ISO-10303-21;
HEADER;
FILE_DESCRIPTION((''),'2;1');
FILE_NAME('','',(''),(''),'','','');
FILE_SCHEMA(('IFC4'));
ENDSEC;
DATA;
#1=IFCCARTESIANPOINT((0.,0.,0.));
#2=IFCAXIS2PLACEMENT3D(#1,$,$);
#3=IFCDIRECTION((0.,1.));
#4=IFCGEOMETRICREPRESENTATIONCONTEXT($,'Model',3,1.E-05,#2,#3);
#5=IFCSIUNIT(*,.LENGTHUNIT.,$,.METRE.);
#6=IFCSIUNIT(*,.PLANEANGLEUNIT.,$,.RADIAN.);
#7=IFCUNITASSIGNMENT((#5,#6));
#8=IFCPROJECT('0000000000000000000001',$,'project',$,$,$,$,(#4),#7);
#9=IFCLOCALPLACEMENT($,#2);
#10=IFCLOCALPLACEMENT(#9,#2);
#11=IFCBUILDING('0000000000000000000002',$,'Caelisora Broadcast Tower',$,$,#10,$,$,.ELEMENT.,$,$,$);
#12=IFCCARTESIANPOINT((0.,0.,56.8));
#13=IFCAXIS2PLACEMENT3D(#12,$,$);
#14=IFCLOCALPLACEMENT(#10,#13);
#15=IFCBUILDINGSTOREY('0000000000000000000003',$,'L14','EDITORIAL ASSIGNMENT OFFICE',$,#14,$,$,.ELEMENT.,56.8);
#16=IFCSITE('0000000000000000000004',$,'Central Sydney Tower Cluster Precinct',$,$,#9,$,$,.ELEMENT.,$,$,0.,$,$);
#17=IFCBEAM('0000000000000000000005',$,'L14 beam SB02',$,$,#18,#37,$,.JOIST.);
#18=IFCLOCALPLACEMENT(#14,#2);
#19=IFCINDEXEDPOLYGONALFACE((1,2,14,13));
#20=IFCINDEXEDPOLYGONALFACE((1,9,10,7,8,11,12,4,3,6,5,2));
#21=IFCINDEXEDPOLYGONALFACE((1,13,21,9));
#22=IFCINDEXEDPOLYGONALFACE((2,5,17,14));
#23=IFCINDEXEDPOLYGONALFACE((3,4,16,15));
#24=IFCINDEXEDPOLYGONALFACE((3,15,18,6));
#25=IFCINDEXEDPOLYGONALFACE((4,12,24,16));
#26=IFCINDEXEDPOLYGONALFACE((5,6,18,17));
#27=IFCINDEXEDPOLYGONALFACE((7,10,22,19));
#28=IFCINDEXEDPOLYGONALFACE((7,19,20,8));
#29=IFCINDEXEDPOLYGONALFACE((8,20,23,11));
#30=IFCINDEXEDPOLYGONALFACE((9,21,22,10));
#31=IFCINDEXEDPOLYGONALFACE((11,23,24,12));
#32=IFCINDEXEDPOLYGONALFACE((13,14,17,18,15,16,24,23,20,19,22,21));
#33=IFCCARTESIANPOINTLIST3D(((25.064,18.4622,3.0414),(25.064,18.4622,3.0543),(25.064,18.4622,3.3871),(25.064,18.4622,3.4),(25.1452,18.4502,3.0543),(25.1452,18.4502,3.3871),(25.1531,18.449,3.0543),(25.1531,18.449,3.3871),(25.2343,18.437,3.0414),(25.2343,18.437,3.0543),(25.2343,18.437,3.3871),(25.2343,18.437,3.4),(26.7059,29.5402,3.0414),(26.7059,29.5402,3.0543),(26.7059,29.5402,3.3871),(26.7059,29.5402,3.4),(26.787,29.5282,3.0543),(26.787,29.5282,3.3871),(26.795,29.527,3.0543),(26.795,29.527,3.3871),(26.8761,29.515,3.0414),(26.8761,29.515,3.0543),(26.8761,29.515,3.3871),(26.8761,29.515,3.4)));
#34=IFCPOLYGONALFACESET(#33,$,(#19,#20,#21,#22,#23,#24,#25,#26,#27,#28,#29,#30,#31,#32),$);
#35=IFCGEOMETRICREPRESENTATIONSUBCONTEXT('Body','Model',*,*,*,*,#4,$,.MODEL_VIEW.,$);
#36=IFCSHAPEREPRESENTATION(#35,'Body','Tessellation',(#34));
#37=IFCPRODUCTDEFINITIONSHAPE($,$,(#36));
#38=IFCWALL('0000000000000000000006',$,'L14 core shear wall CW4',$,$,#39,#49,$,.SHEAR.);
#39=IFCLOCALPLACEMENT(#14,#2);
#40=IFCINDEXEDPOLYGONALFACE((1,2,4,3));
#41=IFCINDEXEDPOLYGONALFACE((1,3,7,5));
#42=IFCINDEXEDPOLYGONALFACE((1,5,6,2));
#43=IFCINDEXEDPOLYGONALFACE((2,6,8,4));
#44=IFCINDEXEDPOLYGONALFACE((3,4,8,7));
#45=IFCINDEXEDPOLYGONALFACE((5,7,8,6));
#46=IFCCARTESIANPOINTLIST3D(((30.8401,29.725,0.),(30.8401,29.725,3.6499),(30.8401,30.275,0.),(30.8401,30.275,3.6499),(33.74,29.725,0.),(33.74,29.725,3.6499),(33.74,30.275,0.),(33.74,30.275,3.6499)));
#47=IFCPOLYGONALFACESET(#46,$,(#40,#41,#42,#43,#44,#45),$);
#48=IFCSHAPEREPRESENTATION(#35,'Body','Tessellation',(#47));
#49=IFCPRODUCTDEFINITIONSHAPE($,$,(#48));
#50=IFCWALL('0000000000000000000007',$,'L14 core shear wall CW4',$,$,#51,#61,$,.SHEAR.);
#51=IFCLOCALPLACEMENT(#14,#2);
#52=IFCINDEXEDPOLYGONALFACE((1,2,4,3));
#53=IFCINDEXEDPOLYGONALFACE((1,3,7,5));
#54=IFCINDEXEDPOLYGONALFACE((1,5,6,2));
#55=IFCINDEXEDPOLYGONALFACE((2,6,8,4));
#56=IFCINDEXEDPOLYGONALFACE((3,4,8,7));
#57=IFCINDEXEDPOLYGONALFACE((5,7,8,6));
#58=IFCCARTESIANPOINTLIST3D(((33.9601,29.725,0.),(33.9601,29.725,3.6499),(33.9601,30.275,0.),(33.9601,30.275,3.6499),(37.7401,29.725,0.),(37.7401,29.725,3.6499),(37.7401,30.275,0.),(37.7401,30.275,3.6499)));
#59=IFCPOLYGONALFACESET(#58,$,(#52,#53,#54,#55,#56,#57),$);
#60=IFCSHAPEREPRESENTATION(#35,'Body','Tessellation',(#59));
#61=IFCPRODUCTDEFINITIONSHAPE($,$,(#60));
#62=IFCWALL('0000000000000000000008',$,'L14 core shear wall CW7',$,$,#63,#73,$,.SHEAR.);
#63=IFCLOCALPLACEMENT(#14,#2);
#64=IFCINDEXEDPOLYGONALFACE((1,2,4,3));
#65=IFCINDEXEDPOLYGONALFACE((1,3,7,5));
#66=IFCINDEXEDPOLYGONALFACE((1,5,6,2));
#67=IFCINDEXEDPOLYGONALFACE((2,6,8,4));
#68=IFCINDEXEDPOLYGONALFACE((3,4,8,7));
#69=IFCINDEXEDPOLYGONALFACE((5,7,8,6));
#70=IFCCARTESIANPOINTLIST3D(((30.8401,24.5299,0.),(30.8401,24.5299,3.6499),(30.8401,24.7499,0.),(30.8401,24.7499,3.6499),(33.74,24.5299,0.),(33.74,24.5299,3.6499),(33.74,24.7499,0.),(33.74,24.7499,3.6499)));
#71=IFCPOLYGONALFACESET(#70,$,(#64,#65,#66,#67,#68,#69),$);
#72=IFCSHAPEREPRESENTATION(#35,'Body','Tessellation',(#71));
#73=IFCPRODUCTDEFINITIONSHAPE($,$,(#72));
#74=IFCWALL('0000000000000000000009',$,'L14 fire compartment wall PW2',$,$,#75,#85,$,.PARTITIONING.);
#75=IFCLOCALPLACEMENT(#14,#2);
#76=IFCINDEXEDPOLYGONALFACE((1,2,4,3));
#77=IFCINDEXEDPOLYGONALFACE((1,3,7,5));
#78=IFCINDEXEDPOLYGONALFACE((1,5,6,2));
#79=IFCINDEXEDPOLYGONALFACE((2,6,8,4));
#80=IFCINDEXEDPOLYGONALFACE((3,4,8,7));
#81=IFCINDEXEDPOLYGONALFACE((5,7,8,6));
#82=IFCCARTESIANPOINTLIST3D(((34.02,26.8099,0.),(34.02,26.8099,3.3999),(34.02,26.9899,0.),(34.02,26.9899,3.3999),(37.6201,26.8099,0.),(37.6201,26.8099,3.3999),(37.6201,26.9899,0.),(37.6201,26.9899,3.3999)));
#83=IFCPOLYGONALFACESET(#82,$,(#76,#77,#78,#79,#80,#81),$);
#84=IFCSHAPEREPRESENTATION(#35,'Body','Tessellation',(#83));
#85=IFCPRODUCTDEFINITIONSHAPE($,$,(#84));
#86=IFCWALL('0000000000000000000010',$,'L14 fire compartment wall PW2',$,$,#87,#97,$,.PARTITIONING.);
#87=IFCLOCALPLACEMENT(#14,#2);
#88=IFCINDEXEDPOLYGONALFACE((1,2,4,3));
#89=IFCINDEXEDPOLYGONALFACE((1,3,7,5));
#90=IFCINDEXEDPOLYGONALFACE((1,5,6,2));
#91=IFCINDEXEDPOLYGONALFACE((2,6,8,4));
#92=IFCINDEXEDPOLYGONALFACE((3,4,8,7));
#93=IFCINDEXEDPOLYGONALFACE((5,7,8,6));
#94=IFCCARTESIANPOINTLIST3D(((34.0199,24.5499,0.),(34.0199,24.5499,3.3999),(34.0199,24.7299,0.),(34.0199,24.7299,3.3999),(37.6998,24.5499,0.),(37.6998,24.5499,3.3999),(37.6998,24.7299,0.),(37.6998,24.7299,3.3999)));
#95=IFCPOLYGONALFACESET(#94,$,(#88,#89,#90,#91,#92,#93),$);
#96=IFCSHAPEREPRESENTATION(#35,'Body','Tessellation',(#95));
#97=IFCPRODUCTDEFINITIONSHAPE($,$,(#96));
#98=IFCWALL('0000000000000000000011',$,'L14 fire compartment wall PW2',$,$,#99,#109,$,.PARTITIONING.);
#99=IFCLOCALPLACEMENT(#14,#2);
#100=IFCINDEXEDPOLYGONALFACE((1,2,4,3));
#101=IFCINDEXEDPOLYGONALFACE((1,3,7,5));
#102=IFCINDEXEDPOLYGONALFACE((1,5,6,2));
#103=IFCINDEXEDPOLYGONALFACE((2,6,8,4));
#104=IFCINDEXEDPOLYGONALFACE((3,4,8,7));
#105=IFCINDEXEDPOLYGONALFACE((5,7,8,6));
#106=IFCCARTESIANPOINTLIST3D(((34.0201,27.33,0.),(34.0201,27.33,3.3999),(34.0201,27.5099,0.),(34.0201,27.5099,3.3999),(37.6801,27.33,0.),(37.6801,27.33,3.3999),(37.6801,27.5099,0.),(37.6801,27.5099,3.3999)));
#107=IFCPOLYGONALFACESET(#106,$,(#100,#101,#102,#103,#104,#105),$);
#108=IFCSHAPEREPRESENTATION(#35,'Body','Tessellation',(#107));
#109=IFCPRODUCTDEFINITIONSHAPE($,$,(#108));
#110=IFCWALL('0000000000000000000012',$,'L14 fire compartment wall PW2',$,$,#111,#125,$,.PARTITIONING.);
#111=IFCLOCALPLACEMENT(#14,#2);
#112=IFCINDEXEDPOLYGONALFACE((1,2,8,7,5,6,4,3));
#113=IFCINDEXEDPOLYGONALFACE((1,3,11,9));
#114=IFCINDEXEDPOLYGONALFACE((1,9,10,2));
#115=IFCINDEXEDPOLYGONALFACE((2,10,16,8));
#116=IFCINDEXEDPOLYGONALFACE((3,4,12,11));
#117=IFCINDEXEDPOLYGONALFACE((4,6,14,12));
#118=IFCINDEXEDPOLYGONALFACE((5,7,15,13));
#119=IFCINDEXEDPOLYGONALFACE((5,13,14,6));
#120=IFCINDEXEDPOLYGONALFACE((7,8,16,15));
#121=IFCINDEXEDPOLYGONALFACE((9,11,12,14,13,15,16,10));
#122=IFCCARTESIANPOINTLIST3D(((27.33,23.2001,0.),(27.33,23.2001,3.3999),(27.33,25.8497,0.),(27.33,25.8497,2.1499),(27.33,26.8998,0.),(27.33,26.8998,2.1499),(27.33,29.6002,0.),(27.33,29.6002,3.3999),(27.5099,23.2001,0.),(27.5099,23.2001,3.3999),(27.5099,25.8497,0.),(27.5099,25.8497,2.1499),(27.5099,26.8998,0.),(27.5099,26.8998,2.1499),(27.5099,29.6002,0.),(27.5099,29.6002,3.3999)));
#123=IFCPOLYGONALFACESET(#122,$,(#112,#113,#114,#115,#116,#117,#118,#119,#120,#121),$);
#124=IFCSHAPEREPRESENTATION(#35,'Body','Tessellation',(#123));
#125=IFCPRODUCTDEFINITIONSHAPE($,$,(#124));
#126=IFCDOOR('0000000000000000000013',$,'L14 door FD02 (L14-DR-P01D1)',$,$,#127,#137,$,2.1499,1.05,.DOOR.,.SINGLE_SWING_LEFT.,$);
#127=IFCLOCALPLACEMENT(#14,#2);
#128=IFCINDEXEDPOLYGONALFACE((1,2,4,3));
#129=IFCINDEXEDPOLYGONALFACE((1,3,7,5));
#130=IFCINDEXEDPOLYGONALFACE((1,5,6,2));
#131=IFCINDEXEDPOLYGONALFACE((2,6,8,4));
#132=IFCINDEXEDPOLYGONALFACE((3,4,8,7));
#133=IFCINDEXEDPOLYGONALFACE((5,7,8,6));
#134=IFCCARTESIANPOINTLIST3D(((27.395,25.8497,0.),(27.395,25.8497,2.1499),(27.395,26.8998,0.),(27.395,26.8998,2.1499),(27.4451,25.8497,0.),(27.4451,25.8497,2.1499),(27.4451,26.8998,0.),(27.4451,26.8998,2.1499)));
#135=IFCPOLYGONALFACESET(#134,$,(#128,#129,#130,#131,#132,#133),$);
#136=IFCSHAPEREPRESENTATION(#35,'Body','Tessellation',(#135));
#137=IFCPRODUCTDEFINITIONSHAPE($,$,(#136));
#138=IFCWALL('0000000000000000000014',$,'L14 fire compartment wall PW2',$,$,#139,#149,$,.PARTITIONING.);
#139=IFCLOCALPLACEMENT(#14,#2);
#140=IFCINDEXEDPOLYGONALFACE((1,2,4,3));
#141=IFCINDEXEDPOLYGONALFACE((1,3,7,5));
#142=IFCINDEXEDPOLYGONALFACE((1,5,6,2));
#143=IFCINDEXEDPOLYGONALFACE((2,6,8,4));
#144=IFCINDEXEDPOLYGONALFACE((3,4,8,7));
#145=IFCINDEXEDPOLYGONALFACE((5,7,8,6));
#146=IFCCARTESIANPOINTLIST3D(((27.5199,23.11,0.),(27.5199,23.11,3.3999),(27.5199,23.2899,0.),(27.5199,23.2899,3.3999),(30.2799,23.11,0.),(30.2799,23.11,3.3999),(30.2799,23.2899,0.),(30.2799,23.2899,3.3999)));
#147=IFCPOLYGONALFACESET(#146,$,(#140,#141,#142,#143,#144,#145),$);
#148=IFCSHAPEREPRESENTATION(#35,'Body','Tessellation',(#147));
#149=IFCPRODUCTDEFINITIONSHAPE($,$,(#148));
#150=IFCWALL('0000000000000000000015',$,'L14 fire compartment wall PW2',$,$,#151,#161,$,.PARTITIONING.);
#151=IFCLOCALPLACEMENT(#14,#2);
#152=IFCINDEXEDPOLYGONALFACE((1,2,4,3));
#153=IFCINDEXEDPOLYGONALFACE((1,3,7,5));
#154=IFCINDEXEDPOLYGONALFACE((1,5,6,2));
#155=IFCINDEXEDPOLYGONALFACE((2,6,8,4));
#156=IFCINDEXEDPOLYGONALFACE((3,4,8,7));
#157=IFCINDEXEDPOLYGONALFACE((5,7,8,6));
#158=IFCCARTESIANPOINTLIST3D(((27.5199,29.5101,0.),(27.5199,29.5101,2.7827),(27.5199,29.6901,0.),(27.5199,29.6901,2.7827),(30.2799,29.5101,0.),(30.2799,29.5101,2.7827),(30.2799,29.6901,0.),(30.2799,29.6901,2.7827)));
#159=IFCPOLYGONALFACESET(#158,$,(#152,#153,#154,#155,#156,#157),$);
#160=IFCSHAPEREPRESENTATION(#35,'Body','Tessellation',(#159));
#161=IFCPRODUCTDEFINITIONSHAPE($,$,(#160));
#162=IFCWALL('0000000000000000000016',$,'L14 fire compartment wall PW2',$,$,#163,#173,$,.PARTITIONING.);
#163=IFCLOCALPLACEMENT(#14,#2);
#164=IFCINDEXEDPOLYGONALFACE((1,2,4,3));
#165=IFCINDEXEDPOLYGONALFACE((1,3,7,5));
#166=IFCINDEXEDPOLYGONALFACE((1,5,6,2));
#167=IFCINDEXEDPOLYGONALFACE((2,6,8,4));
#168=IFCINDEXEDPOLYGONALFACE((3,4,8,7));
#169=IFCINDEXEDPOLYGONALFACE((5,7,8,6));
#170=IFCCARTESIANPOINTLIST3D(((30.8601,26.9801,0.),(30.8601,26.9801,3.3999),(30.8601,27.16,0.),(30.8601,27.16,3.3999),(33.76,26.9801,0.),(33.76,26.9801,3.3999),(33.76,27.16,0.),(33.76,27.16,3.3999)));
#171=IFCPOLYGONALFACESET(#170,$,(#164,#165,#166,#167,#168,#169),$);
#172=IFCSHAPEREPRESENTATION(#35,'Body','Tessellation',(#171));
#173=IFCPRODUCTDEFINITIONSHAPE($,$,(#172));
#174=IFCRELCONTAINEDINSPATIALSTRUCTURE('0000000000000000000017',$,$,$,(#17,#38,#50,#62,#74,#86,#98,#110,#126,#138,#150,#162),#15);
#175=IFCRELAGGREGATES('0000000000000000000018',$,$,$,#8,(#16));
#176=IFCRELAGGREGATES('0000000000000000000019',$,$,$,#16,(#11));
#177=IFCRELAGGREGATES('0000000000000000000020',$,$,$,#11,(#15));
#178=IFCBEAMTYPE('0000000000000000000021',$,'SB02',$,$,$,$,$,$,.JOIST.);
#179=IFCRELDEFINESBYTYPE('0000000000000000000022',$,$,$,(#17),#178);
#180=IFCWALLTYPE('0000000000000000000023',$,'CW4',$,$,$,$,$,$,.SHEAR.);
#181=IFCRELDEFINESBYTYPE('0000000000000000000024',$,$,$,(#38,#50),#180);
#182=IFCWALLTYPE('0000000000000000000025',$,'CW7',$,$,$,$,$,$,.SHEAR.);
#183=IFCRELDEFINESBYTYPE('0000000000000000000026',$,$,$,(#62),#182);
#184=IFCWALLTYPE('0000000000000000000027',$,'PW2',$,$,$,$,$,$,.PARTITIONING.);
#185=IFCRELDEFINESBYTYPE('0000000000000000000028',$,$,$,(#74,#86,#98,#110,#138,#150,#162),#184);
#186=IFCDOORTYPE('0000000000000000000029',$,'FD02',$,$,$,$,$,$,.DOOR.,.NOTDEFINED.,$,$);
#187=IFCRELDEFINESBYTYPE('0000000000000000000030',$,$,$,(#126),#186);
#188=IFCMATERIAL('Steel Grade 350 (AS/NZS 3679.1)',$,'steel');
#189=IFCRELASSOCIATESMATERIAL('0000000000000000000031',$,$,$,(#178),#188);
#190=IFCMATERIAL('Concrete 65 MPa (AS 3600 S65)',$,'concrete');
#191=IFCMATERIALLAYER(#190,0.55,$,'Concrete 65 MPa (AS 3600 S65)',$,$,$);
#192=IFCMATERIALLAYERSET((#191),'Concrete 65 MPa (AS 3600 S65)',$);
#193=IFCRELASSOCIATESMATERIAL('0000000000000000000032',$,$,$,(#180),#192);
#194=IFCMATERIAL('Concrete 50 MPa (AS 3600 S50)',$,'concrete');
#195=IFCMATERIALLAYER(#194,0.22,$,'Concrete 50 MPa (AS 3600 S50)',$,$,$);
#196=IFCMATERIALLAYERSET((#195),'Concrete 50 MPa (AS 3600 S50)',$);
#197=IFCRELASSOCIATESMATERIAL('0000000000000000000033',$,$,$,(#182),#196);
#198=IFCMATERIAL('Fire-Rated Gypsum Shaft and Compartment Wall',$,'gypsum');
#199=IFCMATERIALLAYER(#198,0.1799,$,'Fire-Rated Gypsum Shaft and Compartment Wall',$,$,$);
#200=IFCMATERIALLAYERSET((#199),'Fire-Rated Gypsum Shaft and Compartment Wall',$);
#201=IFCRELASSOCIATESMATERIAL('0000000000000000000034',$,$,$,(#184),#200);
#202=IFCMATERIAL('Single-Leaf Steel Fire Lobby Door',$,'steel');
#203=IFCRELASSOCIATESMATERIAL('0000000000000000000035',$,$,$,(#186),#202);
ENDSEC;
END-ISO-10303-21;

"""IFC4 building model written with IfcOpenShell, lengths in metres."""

from ifc_helpers import new_model, si_unit, direction, frame, frame_2d, origin, origin_2d, place, context, subcontext, project, spatial, rectangle, i_section, extrude, source, transform, mapped, material, layer, layer_set, material_profile, profile_set, type_object, element, fill, save


model = new_model("IFC4")

# Units and contexts
model_context = context("Model", 3, precision=1e-05, world=origin(), true_north=direction((0.0, 1.0)))
body_context = subcontext(model_context, "Body", "Model", "MODEL_VIEW")
ifc_project = project(units=[si_unit("LENGTHUNIT", "METRE"), si_unit("PLANEANGLEUNIT", "RADIAN")], contexts=[model_context])

# Site, building, storey
site_placement = place(None, origin())
site = spatial("IfcSite", under=ifc_project, at=site_placement, Name="Central Sydney Tower Cluster Precinct", CompositionType="ELEMENT", RefElevation=0.0)
building_placement = place(site_placement, origin())
building = spatial("IfcBuilding", under=site, at=building_placement, Name="Caelisora Broadcast Tower", CompositionType="ELEMENT")
storey_placement = place(building_placement, frame((0.0, 0.0, 56.8)))
storey = spatial("IfcBuildingStorey", under=building, at=storey_placement, Name="L14", Description="EDITORIAL ASSIGNMENT OFFICE", CompositionType="ELEMENT", Elevation=56.8)

# Shared definitions
ifc_material_1 = material(Name="Steel Grade 350 (AS/NZS 3679.1)", Category="steel")

# Beam
ifc_material_profile_1 = material_profile(ifc_material_1, i_section(OverallWidth=0.1721, OverallDepth=0.3586, WebThickness=0.0081, FlangeThickness=0.0129, at=origin_2d()), Name="Steel Grade 350 (AS/NZS 3679.1)")
ifc_profile_set_1 = profile_set([ifc_material_profile_1], Name="Steel Grade 350 (AS/NZS 3679.1)")
beam_type_1 = type_object("IfcBeamType", Name="SB02", PredefinedType="JOIST", material=ifc_profile_set_1)
shared_shape_1 = source(origin(), body_context, "Body", "SweptSolid", [
    extrude(i_section(OverallWidth=0.1721, OverallDepth=0.3586, WebThickness=0.0081, FlangeThickness=0.0129, at=origin_2d()), origin(), (0.0, 0.0, 1.0), 11.199),
])
beam_1_placement = place(storey_placement, frame((26.791, 29.5276, 3.2207), z_axis=(-0.146608, -0.989195, 0.0), x_axis=(0.989195, -0.146608, 0.0)))
element("IfcBeam", 1, at=beam_1_placement, inside=storey, type_object=beam_type_1, Name="L14 beam SB02", PredefinedType="JOIST", context=body_context, shape_type="MappedRepresentation", body=[
    mapped(shared_shape_1, transform((0.0, 0.0, 0.0), scale=1.0)),
])

# Walls
ifc_material_2 = material(Name="Concrete 65 MPa (AS 3600 S65)", Category="concrete")
ifc_layer_1 = layer(ifc_material_2, 0.55, Name="Concrete 65 MPa (AS 3600 S65)")
ifc_layer_set_1 = layer_set([ifc_layer_1], Name="Concrete 65 MPa (AS 3600 S65)")
wall_type_1 = type_object("IfcWallType", Name="CW4", PredefinedType="SHEAR", material=ifc_layer_set_1)
wall_1_placement = place(storey_placement, frame((30.8401, 30.0, 0.0), z_axis=(0.0, 0.0, 1.0), x_axis=(1.0, 0.0, 0.0)))
element("IfcWall", 2, at=wall_1_placement, inside=storey, type_object=wall_type_1, Name="L14 core shear wall CW4", PredefinedType="SHEAR", context=body_context, shape_type="SweptSolid", body=[
    extrude(rectangle(XDim=2.8999, YDim=0.55, at=frame_2d((1.45, 0.0))), origin(), (0.0, 0.0, 1.0), 3.6499),
])
wall_2_placement = place(storey_placement, frame((33.96, 30.0, 0.0), z_axis=(0.0, 0.0, 1.0), x_axis=(1.0, 0.0, 0.0)))
element("IfcWall", 3, at=wall_2_placement, inside=storey, type_object=wall_type_1, Name="L14 core shear wall CW4", PredefinedType="SHEAR", context=body_context, shape_type="SweptSolid", body=[
    extrude(rectangle(XDim=3.78, YDim=0.55, at=frame_2d((1.8901, 0.0))), origin(), (0.0, 0.0, 1.0), 3.6499),
])
ifc_material_3 = material(Name="Concrete 50 MPa (AS 3600 S50)", Category="concrete")
ifc_layer_2 = layer(ifc_material_3, 0.22, Name="Concrete 50 MPa (AS 3600 S50)")
ifc_layer_set_2 = layer_set([ifc_layer_2], Name="Concrete 50 MPa (AS 3600 S50)")
wall_type_2 = type_object("IfcWallType", Name="CW7", PredefinedType="SHEAR", material=ifc_layer_set_2)
wall_3_placement = place(storey_placement, frame((30.8401, 24.6399, 0.0), z_axis=(0.0, 0.0, 1.0), x_axis=(1.0, 0.0, 0.0)))
element("IfcWall", 4, at=wall_3_placement, inside=storey, type_object=wall_type_2, Name="L14 core shear wall CW7", PredefinedType="SHEAR", context=body_context, shape_type="SweptSolid", body=[
    extrude(rectangle(XDim=2.8999, YDim=0.22, at=frame_2d((1.45, 0.0))), origin(), (0.0, 0.0, 1.0), 3.6499),
])
ifc_material_4 = material(Name="Fire-Rated Gypsum Shaft and Compartment Wall", Category="gypsum")
ifc_layer_3 = layer(ifc_material_4, 0.1799, Name="Fire-Rated Gypsum Shaft and Compartment Wall")
ifc_layer_set_3 = layer_set([ifc_layer_3], Name="Fire-Rated Gypsum Shaft and Compartment Wall")
wall_type_3 = type_object("IfcWallType", Name="PW2", PredefinedType="PARTITIONING", material=ifc_layer_set_3)
wall_4_placement = place(storey_placement, frame((34.02, 26.8999, 0.0), z_axis=(0.0, 0.0, 1.0), x_axis=(1.0, 0.0, 0.0)))
element("IfcWall", 5, at=wall_4_placement, inside=storey, type_object=wall_type_3, Name="L14 fire compartment wall PW2", PredefinedType="PARTITIONING", context=body_context, shape_type="SweptSolid", body=[
    extrude(rectangle(XDim=3.6001, YDim=0.1799, at=frame_2d((1.8, 0.0))), origin(), (0.0, 0.0, 1.0), 3.3999),
])
wall_5_placement = place(storey_placement, frame((34.02, 24.6399, 0.0), z_axis=(0.0, 0.0, 1.0), x_axis=(1.0, 0.0, 0.0)))
element("IfcWall", 6, at=wall_5_placement, inside=storey, type_object=wall_type_3, Name="L14 fire compartment wall PW2", PredefinedType="PARTITIONING", context=body_context, shape_type="SweptSolid", body=[
    extrude(rectangle(XDim=3.6799, YDim=0.1799, at=frame_2d((1.8398, 0.0))), origin(), (0.0, 0.0, 1.0), 3.3999),
])
wall_6_placement = place(storey_placement, frame((34.02, 27.4199, 0.0), z_axis=(0.0, 0.0, 1.0), x_axis=(1.0, 0.0, 0.0)))
element("IfcWall", 7, at=wall_6_placement, inside=storey, type_object=wall_type_3, Name="L14 fire compartment wall PW2", PredefinedType="PARTITIONING", context=body_context, shape_type="SweptSolid", body=[
    extrude(rectangle(XDim=3.6599, YDim=0.1799, at=frame_2d((1.8301, 0.0))), origin(), (0.0, 0.0, 1.0), 3.3999),
])

# Wall, opening, door
wall_7_placement = place(storey_placement, frame((27.4199, 23.2, 0.0), z_axis=(0.0, 0.0, 1.0), x_axis=(0.0, 1.0, 0.0)))
wall_7 = element("IfcWall", 8, at=wall_7_placement, inside=storey, type_object=wall_type_3, Name="L14 fire compartment wall PW2", PredefinedType="PARTITIONING", context=body_context, shape_type="SweptSolid", body=[
    extrude(rectangle(XDim=6.4001, YDim=0.1799, at=frame_2d((3.2002, 0.0))), origin(), (0.0, 0.0, 1.0), 3.3999),
])
opening_placement = place(wall_7_placement, frame((2.6499, 0.0, 0.0)))
opening = element("IfcOpeningElement", 9, at=opening_placement, cuts=wall_7, PredefinedType="OPENING", context=body_context, shape_type="SweptSolid", body=[
    extrude(rectangle(XDim=1.05, YDim=2.1499, at=frame_2d((0.5249, 1.075))), frame((0.0, 0.1021, 0.0), z_axis=(0.0, -1.0, 0.0), x_axis=(1.0, 0.0, 0.0)), (0.0, 0.0, 1.0), 0.2039),
])
ifc_material_5 = material(Name="Single-Leaf Steel Fire Lobby Door", Category="steel")
door_type = type_object("IfcDoorType", Name="FD02", OperationType="NOTDEFINED", PredefinedType="DOOR", material=ifc_material_5)
door_placement = place(opening_placement, origin())
door = element("IfcDoor", 10, at=door_placement, inside=storey, type_object=door_type, Name="L14 door FD02 (L14-DR-P01D1)", OperationType="SINGLE_SWING_LEFT", OverallHeight=2.1499, OverallWidth=1.05, PredefinedType="DOOR", context=body_context, shape_type="SweptSolid", body=[
    extrude(rectangle(XDim=1.05, YDim=2.1499, at=frame_2d((0.5249, 1.075))), frame((0.0, 0.0249, 0.0), z_axis=(0.0, -1.0, 0.0), x_axis=(1.0, 0.0, 0.0)), (0.0, 0.0, 1.0), 0.05),
])
fill(opening, door)

# Walls
wall_8_placement = place(storey_placement, frame((27.52, 23.2, 0.0), z_axis=(0.0, 0.0, 1.0), x_axis=(1.0, 0.0, 0.0)))
element("IfcWall", 11, at=wall_8_placement, inside=storey, type_object=wall_type_3, Name="L14 fire compartment wall PW2", PredefinedType="PARTITIONING", context=body_context, shape_type="SweptSolid", body=[
    extrude(rectangle(XDim=2.76, YDim=0.1799, at=frame_2d((1.3799, 0.0))), origin(), (0.0, 0.0, 1.0), 3.3999),
])
wall_9_placement = place(storey_placement, frame((27.52, 29.6001, 0.0), z_axis=(0.0, 0.0, 1.0), x_axis=(1.0, 0.0, 0.0)))
element("IfcWall", 12, at=wall_9_placement, inside=storey, type_object=wall_type_3, Name="L14 fire compartment wall PW2", PredefinedType="PARTITIONING", context=body_context, shape_type="SweptSolid", body=[
    extrude(rectangle(XDim=2.76, YDim=0.1799, at=frame_2d((1.3799, 0.0))), origin(), (0.0, 0.0, 1.0), 2.7827),
])
wall_10_placement = place(storey_placement, frame((30.8601, 27.0701, 0.0), z_axis=(0.0, 0.0, 1.0), x_axis=(1.0, 0.0, 0.0)))
element("IfcWall", 13, at=wall_10_placement, inside=storey, type_object=wall_type_3, Name="L14 fire compartment wall PW2", PredefinedType="PARTITIONING", context=body_context, shape_type="SweptSolid", body=[
    extrude(rectangle(XDim=2.8999, YDim=0.1799, at=frame_2d((1.45, 0.0))), origin(), (0.0, 0.0, 1.0), 3.3999),
])

save(model, "model.ifc")
